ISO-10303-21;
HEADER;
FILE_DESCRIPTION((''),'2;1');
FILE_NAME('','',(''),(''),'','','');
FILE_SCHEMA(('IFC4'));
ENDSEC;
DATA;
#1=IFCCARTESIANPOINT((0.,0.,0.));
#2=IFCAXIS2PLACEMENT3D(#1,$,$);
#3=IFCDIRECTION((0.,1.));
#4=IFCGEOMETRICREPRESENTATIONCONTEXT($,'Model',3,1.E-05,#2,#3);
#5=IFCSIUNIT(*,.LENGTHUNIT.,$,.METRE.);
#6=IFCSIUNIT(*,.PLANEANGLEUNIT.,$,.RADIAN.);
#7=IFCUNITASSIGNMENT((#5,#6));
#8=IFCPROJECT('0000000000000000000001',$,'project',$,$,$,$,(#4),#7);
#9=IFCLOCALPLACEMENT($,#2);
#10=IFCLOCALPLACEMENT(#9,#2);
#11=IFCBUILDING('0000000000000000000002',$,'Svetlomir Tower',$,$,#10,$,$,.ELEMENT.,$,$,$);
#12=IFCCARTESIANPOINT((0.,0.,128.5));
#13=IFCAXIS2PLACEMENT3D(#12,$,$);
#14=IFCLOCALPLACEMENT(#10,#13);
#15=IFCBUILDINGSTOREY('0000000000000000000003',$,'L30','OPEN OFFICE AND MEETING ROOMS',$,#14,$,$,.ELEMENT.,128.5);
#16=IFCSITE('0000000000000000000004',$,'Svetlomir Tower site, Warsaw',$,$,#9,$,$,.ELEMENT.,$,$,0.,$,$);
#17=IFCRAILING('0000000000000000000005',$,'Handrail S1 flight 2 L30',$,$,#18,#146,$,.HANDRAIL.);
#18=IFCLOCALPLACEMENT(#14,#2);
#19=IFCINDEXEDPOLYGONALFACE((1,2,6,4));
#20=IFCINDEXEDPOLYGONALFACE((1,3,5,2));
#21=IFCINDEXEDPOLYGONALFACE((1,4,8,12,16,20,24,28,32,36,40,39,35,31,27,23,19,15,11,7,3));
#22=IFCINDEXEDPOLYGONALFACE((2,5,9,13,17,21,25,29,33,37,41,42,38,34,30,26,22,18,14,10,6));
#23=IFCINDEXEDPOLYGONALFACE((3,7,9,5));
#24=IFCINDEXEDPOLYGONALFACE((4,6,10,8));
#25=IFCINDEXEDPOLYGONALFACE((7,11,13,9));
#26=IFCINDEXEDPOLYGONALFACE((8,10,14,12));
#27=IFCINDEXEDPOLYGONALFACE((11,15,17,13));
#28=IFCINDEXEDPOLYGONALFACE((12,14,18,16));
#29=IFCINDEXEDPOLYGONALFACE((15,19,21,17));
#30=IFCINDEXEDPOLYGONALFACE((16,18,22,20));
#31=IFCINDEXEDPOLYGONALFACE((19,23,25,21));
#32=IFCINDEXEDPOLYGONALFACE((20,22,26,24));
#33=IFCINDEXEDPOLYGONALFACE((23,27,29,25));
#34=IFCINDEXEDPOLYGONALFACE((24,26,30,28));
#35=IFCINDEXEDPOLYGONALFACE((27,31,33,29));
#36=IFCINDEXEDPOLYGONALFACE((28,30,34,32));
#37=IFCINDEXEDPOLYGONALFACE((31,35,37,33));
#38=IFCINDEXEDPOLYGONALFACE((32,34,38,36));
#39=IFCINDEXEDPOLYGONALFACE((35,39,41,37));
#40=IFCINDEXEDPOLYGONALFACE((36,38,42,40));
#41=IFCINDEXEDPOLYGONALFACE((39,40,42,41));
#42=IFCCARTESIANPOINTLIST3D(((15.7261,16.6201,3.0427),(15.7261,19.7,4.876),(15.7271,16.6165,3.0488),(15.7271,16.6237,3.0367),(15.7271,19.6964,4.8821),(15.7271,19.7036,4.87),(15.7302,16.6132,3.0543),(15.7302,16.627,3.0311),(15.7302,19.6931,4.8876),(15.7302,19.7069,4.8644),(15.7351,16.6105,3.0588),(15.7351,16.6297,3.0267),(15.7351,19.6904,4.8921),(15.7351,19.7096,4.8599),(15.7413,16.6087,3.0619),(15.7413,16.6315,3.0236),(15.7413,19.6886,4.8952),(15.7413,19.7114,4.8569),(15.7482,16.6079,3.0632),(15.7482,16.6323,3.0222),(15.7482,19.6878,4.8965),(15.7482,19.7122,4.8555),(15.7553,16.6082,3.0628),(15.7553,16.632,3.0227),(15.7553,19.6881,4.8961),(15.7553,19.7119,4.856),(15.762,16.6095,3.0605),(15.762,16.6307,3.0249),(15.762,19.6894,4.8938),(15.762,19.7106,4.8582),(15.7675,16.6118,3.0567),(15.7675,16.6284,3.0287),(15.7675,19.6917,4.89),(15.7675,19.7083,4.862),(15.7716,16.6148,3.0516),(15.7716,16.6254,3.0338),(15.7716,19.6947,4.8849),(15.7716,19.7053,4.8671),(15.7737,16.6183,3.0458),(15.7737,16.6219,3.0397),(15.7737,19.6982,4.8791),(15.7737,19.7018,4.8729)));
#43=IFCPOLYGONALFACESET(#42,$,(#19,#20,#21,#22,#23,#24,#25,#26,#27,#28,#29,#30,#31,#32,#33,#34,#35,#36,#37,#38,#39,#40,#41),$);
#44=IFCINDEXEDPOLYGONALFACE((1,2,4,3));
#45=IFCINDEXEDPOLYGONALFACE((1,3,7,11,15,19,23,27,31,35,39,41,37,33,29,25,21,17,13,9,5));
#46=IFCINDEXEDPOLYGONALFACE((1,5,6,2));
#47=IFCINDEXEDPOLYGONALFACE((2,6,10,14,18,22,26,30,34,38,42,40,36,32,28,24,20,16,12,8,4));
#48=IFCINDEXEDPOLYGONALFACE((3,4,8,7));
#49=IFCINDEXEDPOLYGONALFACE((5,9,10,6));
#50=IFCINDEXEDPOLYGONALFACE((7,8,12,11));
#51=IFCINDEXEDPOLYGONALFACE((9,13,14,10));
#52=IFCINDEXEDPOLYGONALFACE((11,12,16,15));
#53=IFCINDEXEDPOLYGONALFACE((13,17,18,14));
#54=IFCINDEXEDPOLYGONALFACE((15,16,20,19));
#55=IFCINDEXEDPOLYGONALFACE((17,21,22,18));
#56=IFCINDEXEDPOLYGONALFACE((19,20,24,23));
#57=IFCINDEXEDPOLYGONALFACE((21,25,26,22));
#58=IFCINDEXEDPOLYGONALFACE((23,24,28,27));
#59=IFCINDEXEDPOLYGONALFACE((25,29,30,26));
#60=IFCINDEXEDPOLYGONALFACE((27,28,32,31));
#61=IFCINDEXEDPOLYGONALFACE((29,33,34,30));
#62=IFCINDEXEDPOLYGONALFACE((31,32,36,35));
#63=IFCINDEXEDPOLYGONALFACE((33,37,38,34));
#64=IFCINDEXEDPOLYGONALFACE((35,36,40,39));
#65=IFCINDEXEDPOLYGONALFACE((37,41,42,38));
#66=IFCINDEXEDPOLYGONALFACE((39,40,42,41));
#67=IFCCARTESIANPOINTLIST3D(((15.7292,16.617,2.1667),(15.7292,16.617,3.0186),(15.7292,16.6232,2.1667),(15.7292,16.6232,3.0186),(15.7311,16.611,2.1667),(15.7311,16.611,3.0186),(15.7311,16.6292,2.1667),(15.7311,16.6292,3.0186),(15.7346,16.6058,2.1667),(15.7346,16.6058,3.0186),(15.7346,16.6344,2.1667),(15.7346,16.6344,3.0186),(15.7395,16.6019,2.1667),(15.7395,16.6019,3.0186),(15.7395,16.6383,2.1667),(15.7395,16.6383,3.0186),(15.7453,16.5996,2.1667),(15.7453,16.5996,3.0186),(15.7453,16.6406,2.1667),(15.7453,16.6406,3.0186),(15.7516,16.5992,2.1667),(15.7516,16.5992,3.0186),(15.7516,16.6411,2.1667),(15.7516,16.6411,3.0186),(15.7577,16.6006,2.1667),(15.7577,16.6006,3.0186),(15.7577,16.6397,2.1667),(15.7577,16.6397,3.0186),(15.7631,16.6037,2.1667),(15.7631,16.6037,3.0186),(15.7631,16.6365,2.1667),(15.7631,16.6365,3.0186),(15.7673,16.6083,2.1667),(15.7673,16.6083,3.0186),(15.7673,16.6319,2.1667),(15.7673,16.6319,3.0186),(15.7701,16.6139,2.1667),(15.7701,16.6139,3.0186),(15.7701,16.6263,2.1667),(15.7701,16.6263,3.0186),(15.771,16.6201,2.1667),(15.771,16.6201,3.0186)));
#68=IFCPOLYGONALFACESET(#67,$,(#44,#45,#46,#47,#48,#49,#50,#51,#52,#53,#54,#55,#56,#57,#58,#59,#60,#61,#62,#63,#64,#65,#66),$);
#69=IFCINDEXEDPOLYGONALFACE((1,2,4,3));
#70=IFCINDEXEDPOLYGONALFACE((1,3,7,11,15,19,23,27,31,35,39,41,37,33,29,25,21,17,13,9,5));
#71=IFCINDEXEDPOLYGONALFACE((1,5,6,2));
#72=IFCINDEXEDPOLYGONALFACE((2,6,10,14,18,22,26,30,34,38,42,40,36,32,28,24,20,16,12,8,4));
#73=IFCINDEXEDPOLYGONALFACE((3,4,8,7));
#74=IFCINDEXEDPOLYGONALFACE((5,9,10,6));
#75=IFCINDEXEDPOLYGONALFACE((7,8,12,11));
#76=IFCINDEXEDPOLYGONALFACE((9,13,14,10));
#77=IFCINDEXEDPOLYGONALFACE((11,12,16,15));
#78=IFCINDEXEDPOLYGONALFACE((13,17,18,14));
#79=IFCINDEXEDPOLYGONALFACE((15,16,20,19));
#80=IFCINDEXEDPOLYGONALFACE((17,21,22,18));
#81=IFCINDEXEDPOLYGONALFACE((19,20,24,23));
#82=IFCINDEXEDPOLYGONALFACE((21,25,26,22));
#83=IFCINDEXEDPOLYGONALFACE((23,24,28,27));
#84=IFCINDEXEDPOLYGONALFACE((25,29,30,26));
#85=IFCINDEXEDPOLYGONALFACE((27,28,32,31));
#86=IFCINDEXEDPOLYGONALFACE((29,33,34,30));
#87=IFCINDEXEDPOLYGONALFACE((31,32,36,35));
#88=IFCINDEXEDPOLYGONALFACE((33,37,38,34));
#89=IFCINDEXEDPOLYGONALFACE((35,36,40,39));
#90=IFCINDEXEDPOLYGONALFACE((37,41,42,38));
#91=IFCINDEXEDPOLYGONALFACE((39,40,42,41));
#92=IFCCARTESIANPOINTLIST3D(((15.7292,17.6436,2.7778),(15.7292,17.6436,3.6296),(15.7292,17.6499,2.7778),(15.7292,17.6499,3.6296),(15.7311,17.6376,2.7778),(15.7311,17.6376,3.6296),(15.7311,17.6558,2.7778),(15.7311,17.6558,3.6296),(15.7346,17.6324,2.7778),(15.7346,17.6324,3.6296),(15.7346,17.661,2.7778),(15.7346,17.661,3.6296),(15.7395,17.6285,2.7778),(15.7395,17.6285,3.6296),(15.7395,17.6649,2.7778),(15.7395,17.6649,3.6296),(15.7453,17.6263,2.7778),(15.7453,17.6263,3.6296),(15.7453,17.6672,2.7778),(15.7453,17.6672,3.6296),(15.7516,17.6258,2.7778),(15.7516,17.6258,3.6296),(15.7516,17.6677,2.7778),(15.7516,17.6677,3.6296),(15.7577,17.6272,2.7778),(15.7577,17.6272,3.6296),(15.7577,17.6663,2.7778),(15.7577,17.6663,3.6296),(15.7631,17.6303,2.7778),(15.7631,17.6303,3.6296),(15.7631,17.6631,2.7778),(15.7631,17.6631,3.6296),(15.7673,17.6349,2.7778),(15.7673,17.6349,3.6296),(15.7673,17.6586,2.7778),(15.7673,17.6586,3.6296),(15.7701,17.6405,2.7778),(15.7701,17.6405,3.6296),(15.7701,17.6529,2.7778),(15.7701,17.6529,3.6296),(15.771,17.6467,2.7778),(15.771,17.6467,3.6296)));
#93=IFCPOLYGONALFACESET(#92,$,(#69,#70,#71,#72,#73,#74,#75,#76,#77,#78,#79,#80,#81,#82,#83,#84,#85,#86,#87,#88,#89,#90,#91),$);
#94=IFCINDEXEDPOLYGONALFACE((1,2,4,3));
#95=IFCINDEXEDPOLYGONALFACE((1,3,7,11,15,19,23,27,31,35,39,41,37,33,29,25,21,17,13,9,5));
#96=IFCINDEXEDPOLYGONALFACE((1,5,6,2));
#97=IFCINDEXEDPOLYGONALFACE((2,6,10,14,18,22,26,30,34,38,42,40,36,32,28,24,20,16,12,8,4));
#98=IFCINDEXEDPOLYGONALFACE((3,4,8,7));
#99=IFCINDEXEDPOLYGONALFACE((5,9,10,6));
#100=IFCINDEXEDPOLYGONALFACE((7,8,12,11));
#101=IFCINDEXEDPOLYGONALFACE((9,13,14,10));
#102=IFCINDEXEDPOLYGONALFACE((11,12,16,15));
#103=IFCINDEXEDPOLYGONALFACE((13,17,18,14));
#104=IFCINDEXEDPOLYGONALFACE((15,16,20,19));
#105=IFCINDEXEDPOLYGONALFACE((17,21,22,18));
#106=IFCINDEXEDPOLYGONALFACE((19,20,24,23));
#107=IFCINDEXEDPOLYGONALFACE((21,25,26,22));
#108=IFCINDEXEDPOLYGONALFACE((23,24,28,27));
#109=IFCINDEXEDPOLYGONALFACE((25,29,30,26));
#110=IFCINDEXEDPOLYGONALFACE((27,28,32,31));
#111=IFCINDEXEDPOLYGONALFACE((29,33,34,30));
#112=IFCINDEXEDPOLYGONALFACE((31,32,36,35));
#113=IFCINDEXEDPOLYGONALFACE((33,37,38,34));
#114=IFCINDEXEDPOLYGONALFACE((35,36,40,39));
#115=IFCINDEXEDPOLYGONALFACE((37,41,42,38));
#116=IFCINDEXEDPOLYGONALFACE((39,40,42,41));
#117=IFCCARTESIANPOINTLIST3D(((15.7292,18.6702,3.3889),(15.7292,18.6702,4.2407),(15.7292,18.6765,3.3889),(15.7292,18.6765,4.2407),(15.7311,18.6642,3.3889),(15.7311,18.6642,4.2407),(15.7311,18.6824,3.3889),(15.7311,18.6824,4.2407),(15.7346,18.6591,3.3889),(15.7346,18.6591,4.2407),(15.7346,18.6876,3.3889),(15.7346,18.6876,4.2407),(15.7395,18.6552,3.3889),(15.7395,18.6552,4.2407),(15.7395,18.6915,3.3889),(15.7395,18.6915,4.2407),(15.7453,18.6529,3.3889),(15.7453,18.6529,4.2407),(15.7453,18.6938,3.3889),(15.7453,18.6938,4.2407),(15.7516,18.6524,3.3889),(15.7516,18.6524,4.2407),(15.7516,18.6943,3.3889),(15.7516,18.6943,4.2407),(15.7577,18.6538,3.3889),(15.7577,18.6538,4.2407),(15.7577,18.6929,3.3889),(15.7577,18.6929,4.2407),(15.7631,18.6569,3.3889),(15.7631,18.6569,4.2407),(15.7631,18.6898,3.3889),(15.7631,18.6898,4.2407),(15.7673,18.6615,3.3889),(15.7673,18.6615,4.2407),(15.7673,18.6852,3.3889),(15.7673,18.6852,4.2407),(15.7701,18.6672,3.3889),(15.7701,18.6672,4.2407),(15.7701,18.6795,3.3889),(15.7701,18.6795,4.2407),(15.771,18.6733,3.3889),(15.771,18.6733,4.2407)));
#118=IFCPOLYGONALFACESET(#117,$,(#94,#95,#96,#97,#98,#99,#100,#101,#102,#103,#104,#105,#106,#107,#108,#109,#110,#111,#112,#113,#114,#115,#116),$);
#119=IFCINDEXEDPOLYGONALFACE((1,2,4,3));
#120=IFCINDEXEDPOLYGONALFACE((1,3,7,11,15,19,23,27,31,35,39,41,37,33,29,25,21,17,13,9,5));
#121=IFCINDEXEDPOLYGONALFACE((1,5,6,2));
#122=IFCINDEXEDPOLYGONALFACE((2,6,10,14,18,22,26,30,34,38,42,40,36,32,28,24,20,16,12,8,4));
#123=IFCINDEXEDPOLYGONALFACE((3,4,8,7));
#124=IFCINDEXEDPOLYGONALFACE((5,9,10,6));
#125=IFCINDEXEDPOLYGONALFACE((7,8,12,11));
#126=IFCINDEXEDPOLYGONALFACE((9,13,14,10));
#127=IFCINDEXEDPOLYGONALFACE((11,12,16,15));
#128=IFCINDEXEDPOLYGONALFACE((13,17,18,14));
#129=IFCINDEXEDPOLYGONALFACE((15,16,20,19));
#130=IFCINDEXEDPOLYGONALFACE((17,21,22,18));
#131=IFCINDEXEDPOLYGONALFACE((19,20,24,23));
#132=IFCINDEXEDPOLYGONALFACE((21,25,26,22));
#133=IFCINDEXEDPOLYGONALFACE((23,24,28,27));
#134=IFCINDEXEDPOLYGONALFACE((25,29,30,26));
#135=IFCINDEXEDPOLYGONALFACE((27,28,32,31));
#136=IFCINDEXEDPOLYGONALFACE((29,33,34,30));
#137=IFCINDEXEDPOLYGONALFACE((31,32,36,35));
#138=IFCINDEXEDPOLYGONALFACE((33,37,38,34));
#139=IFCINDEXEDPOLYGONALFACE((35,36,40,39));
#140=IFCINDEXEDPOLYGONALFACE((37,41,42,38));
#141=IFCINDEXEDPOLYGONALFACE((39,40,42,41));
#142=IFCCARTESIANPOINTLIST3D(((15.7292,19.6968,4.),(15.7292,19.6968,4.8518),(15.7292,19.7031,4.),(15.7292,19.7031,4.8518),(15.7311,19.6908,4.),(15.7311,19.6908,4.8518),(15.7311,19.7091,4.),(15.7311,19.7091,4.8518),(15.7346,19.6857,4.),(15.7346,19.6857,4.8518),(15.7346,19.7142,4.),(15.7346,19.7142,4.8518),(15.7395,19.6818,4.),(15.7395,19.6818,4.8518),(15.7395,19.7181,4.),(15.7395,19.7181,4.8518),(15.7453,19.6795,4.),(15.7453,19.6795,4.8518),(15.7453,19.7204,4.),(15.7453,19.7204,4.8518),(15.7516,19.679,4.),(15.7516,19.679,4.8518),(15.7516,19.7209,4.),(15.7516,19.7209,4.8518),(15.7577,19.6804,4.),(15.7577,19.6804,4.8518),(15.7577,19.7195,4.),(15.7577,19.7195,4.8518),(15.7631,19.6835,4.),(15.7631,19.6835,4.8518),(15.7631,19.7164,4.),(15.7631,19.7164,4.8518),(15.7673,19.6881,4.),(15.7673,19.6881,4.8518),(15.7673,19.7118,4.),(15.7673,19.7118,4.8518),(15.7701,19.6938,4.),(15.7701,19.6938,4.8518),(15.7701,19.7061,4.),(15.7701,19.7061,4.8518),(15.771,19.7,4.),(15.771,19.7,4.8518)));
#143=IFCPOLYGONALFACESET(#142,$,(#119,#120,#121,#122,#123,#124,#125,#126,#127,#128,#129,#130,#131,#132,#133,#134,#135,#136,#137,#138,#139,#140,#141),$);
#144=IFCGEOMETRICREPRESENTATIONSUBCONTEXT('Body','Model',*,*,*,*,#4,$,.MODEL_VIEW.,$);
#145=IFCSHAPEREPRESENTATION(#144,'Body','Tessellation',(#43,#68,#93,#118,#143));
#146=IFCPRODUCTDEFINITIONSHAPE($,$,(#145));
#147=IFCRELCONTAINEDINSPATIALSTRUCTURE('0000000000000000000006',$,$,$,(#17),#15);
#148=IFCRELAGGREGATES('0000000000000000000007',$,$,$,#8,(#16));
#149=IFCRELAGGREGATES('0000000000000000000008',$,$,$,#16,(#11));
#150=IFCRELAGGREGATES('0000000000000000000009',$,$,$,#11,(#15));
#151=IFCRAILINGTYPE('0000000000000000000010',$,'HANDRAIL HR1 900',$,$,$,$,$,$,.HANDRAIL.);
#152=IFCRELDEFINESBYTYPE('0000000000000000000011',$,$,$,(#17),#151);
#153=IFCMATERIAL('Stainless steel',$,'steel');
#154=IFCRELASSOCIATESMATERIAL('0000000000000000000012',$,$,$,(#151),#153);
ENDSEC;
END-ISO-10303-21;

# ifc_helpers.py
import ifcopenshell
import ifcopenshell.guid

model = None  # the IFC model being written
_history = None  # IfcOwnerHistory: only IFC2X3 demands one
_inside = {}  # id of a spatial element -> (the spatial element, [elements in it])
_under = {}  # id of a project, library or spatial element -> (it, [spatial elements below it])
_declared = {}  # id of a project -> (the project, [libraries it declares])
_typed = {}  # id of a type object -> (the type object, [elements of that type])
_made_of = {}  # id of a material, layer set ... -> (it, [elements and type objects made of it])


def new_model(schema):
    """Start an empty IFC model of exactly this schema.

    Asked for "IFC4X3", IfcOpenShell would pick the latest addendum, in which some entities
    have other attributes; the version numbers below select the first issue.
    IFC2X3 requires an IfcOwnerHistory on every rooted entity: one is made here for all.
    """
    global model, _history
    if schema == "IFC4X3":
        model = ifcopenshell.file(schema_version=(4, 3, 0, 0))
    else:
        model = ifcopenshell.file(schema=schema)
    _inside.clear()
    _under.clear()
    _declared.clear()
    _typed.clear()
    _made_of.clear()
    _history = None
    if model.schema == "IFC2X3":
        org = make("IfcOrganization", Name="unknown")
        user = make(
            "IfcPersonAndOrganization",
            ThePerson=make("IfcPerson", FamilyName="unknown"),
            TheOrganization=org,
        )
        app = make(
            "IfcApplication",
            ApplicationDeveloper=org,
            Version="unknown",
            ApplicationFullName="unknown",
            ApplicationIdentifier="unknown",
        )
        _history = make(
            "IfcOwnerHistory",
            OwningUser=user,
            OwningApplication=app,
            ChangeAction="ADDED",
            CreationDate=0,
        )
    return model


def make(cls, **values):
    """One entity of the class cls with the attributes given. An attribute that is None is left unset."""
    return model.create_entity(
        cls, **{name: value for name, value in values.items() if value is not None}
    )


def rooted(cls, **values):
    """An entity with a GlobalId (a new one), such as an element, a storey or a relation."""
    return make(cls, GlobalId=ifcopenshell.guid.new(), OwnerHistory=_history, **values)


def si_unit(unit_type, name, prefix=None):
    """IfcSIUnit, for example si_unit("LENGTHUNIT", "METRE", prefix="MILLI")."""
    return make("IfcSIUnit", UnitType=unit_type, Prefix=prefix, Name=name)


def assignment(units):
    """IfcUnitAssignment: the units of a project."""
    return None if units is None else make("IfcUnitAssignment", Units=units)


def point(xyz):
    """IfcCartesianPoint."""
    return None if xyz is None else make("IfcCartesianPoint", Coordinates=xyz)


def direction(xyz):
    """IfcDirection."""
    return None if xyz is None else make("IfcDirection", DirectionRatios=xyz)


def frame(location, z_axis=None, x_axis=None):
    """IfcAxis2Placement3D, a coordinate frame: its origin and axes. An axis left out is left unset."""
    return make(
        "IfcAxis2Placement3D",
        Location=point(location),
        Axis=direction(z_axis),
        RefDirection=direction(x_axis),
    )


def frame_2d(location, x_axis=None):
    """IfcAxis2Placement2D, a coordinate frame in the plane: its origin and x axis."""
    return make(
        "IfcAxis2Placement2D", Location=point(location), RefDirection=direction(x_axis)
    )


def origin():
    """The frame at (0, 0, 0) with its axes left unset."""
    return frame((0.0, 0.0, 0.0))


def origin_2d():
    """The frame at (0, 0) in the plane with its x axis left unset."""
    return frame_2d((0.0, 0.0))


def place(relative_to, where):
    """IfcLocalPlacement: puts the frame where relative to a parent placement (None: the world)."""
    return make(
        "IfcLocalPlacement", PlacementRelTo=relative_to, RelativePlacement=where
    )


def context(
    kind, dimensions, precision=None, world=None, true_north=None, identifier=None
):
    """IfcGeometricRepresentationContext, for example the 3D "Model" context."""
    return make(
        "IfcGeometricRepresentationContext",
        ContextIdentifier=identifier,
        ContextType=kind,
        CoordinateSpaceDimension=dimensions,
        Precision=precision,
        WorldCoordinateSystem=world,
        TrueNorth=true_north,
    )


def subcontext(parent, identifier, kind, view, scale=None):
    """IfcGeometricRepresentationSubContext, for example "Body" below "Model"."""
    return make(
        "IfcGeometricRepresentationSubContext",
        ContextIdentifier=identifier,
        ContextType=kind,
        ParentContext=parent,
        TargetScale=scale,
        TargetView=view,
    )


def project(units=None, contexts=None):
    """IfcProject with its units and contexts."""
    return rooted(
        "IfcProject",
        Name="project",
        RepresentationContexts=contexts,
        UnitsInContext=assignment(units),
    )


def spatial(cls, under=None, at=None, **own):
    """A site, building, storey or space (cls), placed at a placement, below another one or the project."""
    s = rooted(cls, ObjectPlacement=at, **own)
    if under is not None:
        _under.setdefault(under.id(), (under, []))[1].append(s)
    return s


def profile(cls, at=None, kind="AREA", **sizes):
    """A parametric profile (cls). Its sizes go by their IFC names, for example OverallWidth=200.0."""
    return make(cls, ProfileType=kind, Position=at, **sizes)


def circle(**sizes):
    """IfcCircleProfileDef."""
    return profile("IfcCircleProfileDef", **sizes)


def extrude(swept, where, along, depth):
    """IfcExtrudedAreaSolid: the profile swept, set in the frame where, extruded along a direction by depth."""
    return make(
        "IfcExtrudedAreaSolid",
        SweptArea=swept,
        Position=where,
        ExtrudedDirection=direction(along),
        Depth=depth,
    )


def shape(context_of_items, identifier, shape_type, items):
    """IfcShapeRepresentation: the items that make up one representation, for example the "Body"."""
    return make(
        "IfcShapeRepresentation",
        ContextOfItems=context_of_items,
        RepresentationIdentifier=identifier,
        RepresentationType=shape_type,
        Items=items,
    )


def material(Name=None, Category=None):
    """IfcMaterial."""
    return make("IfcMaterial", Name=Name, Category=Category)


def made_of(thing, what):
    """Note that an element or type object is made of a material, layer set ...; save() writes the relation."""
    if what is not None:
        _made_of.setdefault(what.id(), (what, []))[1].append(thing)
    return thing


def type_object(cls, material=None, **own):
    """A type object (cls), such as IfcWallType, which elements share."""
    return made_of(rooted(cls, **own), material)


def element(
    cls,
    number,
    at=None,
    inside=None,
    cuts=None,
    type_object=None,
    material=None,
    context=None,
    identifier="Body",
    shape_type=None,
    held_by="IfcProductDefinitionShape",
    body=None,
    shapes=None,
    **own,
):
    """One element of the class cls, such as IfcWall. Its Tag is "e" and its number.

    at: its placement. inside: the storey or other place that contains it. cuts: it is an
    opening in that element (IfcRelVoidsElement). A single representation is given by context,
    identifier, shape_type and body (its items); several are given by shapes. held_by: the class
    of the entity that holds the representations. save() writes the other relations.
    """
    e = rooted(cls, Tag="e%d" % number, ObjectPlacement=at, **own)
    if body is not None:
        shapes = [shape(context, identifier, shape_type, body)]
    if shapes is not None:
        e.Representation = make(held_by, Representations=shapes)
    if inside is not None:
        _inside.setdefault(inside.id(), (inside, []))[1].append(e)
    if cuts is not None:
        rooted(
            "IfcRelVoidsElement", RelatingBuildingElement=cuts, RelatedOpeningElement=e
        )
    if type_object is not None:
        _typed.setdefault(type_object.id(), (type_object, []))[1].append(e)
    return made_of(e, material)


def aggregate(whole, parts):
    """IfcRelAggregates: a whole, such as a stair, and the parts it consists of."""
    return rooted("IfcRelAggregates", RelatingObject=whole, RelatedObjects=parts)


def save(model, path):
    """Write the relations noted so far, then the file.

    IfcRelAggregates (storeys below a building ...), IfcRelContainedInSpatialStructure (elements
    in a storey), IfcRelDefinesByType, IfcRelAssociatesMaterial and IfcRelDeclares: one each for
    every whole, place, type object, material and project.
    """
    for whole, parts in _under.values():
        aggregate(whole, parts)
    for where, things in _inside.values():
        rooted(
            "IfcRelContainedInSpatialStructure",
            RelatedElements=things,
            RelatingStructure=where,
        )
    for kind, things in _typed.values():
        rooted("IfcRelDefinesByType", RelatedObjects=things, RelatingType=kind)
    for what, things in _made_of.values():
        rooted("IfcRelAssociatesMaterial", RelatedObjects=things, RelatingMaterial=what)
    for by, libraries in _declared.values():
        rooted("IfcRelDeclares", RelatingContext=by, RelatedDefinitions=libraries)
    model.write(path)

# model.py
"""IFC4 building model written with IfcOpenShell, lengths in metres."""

from ifc_helpers import new_model, si_unit, direction, frame, origin, origin_2d, place, context, subcontext, project, spatial, circle, extrude, material, type_object, element, save


model = new_model("IFC4")

# Units and contexts
model_context = context("Model", 3, precision=1e-05, world=origin(), true_north=direction((0.0, 1.0)))
body_context = subcontext(model_context, "Body", "Model", "MODEL_VIEW")
ifc_project = project(units=[si_unit("LENGTHUNIT", "METRE"), si_unit("PLANEANGLEUNIT", "RADIAN")], contexts=[model_context])

# Site, building, storey
site_placement = place(None, origin())
site = spatial("IfcSite", under=ifc_project, at=site_placement, Name="Svetlomir Tower site, Warsaw", CompositionType="ELEMENT", RefElevation=0.0)
building_placement = place(site_placement, origin())
building = spatial("IfcBuilding", under=site, at=building_placement, Name="Svetlomir Tower", CompositionType="ELEMENT")
storey_placement = place(building_placement, frame((0.0, 0.0, 128.5)))
storey = spatial("IfcBuildingStorey", under=building, at=storey_placement, Name="L30", Description="OPEN OFFICE AND MEETING ROOMS", CompositionType="ELEMENT", Elevation=128.5)

# Railing
ifc_material_1 = material(Name="Stainless steel", Category="steel")
railing_type = type_object("IfcRailingType", Name="HANDRAIL HR1 900", PredefinedType="HANDRAIL", material=ifc_material_1)
railing_placement = place(storey_placement, frame((15.75, 16.6201, 2.1667)))
element("IfcRailing", 1, at=railing_placement, inside=storey, type_object=railing_type, Name="Handrail S1 flight 2 L30", PredefinedType="HANDRAIL", context=body_context, shape_type="SweptSolid", body=[
    extrude(circle(Radius=0.0239, at=origin_2d()), frame((0.0, 0.0, 0.876), z_axis=(0.0, 0.859291, 0.511487), x_axis=(-1.0, 0.0, 0.0)), (0.0, 0.0, 1.0), 3.5842),
    extrude(circle(Radius=0.021, at=origin_2d()), origin(), (0.0, 0.0, 1.0), 0.8518),
    extrude(circle(Radius=0.021, at=origin_2d()), frame((0.0, 1.0266, 0.6111)), (0.0, 0.0, 1.0), 0.8518),
    extrude(circle(Radius=0.021, at=origin_2d()), frame((0.0, 2.0532, 1.2222)), (0.0, 0.0, 1.0), 0.8518),
    extrude(circle(Radius=0.021, at=origin_2d()), frame((0.0, 3.0798, 1.8333)), (0.0, 0.0, 1.0), 0.8518),
])

save(model, "model.ifc")
